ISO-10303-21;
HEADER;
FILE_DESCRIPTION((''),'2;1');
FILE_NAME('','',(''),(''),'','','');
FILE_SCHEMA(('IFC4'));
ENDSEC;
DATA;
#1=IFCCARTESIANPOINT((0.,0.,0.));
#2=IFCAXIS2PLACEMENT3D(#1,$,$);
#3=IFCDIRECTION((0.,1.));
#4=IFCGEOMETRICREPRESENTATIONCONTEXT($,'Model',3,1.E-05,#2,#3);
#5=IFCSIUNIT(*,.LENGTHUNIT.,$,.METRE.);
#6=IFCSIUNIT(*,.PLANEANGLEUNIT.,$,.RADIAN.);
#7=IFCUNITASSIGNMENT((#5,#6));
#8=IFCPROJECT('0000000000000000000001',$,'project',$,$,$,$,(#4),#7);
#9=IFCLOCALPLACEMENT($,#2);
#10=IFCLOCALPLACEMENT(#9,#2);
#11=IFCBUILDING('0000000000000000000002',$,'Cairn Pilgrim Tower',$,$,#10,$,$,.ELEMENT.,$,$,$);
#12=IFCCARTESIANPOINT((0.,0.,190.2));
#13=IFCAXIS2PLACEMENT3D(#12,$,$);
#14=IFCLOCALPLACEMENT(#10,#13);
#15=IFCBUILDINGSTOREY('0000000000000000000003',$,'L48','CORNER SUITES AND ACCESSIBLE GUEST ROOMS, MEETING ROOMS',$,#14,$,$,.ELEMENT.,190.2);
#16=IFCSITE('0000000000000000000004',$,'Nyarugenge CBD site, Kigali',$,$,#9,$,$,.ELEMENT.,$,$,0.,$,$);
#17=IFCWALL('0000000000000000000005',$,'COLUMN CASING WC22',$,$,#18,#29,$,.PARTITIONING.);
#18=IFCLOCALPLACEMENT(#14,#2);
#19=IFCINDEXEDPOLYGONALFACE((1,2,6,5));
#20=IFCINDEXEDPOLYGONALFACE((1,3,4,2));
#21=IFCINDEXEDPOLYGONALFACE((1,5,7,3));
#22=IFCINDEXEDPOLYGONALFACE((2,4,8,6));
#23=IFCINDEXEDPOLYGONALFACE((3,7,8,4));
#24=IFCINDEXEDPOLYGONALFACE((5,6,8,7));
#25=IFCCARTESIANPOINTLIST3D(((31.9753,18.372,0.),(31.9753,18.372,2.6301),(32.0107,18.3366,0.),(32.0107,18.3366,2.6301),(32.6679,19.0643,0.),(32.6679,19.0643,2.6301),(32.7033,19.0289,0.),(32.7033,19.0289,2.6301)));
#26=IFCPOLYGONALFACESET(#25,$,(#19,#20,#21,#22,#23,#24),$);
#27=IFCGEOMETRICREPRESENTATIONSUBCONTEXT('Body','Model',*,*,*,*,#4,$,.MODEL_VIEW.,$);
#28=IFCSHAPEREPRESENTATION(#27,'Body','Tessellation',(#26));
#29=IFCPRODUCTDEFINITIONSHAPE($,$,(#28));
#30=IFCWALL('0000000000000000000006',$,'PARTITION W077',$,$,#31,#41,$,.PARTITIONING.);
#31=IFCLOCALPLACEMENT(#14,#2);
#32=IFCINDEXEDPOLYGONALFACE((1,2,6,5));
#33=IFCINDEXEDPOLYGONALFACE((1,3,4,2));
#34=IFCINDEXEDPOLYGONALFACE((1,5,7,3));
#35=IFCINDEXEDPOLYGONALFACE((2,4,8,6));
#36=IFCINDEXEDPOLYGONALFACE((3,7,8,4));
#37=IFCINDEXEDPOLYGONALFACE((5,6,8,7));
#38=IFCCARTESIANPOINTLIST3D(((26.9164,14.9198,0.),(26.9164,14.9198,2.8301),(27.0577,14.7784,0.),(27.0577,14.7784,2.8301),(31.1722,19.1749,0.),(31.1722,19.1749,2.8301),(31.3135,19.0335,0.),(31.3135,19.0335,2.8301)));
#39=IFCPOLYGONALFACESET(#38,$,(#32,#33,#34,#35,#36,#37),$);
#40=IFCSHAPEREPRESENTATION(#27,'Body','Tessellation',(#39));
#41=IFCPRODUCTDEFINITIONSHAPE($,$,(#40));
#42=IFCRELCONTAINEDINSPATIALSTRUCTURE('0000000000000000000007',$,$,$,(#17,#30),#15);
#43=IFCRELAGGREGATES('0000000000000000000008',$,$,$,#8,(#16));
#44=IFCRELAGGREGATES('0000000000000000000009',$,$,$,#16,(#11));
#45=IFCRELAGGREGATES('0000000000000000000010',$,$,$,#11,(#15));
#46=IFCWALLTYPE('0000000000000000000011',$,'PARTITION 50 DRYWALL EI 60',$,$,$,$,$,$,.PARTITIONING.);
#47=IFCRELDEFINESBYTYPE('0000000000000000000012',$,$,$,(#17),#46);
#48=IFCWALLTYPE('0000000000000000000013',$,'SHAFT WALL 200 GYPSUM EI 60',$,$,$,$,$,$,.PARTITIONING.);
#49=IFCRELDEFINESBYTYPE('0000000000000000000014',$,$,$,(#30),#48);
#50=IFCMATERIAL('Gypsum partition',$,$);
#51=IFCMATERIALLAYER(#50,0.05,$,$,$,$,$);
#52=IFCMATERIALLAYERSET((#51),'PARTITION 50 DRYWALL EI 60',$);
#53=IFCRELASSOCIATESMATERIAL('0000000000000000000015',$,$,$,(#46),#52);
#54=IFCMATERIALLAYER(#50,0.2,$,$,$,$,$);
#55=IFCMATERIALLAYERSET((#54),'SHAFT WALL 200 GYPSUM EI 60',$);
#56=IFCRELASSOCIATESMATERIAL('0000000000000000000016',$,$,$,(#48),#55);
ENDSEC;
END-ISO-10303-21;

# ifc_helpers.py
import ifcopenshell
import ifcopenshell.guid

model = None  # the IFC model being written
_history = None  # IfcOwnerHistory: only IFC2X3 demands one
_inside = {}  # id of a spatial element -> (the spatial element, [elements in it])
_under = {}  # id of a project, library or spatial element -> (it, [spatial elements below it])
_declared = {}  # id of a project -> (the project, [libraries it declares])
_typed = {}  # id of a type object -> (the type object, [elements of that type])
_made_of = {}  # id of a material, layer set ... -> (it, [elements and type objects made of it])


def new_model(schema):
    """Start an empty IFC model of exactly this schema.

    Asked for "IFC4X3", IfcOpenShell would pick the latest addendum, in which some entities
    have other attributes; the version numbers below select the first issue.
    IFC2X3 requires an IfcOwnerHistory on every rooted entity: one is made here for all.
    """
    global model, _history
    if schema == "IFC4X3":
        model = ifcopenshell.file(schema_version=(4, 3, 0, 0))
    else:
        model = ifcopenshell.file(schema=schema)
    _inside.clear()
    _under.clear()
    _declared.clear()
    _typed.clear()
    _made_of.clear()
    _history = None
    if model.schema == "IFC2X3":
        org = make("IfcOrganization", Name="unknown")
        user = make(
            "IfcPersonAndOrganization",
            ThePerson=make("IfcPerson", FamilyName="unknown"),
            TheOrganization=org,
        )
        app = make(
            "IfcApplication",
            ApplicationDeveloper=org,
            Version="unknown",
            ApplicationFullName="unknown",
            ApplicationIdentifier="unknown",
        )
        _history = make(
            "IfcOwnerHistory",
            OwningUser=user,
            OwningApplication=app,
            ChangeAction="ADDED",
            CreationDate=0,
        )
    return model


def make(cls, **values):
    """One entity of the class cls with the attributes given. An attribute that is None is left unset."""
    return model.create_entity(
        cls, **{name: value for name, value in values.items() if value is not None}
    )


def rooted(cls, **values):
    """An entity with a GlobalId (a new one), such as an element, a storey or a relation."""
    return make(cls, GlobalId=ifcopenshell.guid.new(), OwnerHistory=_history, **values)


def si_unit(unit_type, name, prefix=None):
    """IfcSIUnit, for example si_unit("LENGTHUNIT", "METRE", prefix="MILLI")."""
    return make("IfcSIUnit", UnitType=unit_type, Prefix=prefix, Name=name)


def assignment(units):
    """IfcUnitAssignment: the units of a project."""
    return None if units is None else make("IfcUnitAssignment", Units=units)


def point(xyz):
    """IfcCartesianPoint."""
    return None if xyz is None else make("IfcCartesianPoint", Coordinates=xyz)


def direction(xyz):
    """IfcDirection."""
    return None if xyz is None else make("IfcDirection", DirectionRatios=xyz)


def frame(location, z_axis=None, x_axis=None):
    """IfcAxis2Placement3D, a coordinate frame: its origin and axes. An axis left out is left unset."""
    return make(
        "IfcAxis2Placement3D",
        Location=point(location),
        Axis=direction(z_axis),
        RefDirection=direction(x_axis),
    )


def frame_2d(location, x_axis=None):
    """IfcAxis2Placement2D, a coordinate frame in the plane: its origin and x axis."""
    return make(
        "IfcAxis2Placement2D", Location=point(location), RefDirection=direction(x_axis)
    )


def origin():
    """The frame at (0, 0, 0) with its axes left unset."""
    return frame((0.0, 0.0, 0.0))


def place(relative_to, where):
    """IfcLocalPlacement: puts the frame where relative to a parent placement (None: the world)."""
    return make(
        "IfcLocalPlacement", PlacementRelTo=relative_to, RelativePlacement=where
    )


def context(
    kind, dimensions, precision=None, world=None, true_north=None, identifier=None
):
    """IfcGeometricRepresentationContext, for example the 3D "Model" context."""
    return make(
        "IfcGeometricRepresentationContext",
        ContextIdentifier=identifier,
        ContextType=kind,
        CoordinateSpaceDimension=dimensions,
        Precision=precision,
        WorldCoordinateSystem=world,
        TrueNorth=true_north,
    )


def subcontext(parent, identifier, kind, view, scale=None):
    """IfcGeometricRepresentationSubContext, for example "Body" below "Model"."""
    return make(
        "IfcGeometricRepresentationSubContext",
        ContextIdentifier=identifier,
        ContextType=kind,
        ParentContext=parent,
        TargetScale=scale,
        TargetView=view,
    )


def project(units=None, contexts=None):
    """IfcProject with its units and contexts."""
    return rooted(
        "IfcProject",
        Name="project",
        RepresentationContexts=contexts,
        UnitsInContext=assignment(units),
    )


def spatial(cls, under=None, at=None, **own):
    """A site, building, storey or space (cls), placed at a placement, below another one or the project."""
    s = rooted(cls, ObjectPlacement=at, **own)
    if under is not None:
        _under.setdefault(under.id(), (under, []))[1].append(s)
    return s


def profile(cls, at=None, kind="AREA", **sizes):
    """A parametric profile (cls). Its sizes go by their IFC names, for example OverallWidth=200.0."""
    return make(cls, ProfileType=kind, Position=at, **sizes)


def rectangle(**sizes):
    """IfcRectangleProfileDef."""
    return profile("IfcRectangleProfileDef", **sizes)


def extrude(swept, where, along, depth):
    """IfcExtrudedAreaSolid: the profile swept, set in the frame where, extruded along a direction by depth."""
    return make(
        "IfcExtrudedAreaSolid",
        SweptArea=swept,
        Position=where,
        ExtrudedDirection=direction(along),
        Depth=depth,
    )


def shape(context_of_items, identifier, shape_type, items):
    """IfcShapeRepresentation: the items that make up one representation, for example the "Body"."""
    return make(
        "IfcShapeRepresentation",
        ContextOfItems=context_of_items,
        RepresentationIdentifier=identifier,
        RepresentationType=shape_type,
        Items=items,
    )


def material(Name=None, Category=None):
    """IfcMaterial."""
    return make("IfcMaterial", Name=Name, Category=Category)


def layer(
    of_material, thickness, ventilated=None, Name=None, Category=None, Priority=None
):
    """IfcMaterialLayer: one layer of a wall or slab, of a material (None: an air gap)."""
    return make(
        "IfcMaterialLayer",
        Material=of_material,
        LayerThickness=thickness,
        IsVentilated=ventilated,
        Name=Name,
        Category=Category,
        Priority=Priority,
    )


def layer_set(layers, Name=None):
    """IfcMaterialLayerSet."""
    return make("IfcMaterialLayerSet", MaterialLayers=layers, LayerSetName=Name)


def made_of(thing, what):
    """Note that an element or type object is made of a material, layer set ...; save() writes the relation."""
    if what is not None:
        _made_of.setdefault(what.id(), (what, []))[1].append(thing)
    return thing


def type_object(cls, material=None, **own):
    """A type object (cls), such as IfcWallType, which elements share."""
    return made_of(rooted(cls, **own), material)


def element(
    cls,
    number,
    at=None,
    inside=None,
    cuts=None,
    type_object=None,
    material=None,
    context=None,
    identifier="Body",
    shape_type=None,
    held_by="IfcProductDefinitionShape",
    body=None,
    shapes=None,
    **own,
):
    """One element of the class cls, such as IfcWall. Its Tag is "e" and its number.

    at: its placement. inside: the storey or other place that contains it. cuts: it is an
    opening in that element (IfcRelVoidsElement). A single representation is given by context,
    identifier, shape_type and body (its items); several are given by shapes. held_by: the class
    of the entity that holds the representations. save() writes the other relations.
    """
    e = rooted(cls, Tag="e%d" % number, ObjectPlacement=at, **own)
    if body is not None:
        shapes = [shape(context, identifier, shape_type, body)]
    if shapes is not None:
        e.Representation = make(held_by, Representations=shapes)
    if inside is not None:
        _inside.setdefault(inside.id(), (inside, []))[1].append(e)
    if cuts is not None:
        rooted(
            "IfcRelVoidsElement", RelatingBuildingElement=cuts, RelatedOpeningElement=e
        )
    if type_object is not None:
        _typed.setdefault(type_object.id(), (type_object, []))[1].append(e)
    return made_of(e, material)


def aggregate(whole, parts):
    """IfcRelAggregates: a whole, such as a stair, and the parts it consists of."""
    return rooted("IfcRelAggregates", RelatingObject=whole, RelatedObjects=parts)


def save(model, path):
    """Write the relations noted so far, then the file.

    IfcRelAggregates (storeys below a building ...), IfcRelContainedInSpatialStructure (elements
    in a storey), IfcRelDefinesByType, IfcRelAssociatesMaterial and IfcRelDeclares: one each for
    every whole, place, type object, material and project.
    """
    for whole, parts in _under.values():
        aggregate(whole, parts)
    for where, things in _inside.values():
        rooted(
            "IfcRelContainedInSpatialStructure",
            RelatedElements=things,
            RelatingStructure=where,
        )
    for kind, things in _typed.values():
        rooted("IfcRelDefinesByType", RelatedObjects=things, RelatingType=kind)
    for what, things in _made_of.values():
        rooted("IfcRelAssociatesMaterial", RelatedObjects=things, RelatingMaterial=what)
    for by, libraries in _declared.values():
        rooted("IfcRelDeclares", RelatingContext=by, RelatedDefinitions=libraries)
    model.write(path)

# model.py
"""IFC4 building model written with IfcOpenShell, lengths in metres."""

from ifc_helpers import new_model, si_unit, direction, frame, frame_2d, origin, place, context, subcontext, project, spatial, rectangle, extrude, material, layer, layer_set, type_object, element, save


model = new_model("IFC4")

# Units and contexts
model_context = context("Model", 3, precision=1e-05, world=origin(), true_north=direction((0.0, 1.0)))
body_context = subcontext(model_context, "Body", "Model", "MODEL_VIEW")
ifc_project = project(units=[si_unit("LENGTHUNIT", "METRE"), si_unit("PLANEANGLEUNIT", "RADIAN")], contexts=[model_context])

# Site, building, storey
site_placement = place(None, origin())
site = spatial("IfcSite", under=ifc_project, at=site_placement, Name="Nyarugenge CBD site, Kigali", CompositionType="ELEMENT", RefElevation=0.0)
building_placement = place(site_placement, origin())
building = spatial("IfcBuilding", under=site, at=building_placement, Name="Cairn Pilgrim Tower", CompositionType="ELEMENT")
storey_placement = place(building_placement, frame((0.0, 0.0, 190.2)))
storey = spatial("IfcBuildingStorey", under=building, at=storey_placement, Name="L48", Description="CORNER SUITES AND ACCESSIBLE GUEST ROOMS, MEETING ROOMS", CompositionType="ELEMENT", Elevation=190.2)

# Walls
ifc_material_1 = material(Name="Gypsum partition")
ifc_layer_1 = layer(ifc_material_1, 0.05)
ifc_layer_set_1 = layer_set([ifc_layer_1], Name="PARTITION 50 DRYWALL EI 60")
wall_type_1 = type_object("IfcWallType", Name="PARTITION 50 DRYWALL EI 60", PredefinedType="PARTITIONING", material=ifc_layer_set_1)
wall_1_placement = place(storey_placement, frame((31.9929, 18.3542, 0.0), z_axis=(0.0, 0.0, 1.0), x_axis=(0.707231, 0.706982, 0.0)))
element("IfcWall", 1, at=wall_1_placement, inside=storey, type_object=wall_type_1, Name="COLUMN CASING WC22", PredefinedType="PARTITIONING", context=body_context, shape_type="SweptSolid", body=[
    extrude(rectangle(XDim=0.9792, YDim=0.05, at=frame_2d((0.4897, 0.0))), origin(), (0.0, 0.0, 1.0), 2.6301),
])
ifc_layer_2 = layer(ifc_material_1, 0.2)
ifc_layer_set_2 = layer_set([ifc_layer_2], Name="SHAFT WALL 200 GYPSUM EI 60")
wall_type_2 = type_object("IfcWallType", Name="SHAFT WALL 200 GYPSUM EI 60", PredefinedType="PARTITIONING", material=ifc_layer_set_2)
wall_2_placement = place(storey_placement, frame((26.9871, 14.8491, 0.0), z_axis=(0.0, 0.0, 1.0), x_axis=(0.707168, 0.707046, 0.0)))
element("IfcWall", 2, at=wall_2_placement, inside=storey, type_object=wall_type_2, Name="PARTITION W077", PredefinedType="PARTITIONING", context=body_context, shape_type="SweptSolid", body=[
    extrude(rectangle(XDim=6.0181, YDim=0.2, at=frame_2d((3.009, 0.0))), origin(), (0.0, 0.0, 1.0), 2.8301),
])

save(model, "model.ifc")
